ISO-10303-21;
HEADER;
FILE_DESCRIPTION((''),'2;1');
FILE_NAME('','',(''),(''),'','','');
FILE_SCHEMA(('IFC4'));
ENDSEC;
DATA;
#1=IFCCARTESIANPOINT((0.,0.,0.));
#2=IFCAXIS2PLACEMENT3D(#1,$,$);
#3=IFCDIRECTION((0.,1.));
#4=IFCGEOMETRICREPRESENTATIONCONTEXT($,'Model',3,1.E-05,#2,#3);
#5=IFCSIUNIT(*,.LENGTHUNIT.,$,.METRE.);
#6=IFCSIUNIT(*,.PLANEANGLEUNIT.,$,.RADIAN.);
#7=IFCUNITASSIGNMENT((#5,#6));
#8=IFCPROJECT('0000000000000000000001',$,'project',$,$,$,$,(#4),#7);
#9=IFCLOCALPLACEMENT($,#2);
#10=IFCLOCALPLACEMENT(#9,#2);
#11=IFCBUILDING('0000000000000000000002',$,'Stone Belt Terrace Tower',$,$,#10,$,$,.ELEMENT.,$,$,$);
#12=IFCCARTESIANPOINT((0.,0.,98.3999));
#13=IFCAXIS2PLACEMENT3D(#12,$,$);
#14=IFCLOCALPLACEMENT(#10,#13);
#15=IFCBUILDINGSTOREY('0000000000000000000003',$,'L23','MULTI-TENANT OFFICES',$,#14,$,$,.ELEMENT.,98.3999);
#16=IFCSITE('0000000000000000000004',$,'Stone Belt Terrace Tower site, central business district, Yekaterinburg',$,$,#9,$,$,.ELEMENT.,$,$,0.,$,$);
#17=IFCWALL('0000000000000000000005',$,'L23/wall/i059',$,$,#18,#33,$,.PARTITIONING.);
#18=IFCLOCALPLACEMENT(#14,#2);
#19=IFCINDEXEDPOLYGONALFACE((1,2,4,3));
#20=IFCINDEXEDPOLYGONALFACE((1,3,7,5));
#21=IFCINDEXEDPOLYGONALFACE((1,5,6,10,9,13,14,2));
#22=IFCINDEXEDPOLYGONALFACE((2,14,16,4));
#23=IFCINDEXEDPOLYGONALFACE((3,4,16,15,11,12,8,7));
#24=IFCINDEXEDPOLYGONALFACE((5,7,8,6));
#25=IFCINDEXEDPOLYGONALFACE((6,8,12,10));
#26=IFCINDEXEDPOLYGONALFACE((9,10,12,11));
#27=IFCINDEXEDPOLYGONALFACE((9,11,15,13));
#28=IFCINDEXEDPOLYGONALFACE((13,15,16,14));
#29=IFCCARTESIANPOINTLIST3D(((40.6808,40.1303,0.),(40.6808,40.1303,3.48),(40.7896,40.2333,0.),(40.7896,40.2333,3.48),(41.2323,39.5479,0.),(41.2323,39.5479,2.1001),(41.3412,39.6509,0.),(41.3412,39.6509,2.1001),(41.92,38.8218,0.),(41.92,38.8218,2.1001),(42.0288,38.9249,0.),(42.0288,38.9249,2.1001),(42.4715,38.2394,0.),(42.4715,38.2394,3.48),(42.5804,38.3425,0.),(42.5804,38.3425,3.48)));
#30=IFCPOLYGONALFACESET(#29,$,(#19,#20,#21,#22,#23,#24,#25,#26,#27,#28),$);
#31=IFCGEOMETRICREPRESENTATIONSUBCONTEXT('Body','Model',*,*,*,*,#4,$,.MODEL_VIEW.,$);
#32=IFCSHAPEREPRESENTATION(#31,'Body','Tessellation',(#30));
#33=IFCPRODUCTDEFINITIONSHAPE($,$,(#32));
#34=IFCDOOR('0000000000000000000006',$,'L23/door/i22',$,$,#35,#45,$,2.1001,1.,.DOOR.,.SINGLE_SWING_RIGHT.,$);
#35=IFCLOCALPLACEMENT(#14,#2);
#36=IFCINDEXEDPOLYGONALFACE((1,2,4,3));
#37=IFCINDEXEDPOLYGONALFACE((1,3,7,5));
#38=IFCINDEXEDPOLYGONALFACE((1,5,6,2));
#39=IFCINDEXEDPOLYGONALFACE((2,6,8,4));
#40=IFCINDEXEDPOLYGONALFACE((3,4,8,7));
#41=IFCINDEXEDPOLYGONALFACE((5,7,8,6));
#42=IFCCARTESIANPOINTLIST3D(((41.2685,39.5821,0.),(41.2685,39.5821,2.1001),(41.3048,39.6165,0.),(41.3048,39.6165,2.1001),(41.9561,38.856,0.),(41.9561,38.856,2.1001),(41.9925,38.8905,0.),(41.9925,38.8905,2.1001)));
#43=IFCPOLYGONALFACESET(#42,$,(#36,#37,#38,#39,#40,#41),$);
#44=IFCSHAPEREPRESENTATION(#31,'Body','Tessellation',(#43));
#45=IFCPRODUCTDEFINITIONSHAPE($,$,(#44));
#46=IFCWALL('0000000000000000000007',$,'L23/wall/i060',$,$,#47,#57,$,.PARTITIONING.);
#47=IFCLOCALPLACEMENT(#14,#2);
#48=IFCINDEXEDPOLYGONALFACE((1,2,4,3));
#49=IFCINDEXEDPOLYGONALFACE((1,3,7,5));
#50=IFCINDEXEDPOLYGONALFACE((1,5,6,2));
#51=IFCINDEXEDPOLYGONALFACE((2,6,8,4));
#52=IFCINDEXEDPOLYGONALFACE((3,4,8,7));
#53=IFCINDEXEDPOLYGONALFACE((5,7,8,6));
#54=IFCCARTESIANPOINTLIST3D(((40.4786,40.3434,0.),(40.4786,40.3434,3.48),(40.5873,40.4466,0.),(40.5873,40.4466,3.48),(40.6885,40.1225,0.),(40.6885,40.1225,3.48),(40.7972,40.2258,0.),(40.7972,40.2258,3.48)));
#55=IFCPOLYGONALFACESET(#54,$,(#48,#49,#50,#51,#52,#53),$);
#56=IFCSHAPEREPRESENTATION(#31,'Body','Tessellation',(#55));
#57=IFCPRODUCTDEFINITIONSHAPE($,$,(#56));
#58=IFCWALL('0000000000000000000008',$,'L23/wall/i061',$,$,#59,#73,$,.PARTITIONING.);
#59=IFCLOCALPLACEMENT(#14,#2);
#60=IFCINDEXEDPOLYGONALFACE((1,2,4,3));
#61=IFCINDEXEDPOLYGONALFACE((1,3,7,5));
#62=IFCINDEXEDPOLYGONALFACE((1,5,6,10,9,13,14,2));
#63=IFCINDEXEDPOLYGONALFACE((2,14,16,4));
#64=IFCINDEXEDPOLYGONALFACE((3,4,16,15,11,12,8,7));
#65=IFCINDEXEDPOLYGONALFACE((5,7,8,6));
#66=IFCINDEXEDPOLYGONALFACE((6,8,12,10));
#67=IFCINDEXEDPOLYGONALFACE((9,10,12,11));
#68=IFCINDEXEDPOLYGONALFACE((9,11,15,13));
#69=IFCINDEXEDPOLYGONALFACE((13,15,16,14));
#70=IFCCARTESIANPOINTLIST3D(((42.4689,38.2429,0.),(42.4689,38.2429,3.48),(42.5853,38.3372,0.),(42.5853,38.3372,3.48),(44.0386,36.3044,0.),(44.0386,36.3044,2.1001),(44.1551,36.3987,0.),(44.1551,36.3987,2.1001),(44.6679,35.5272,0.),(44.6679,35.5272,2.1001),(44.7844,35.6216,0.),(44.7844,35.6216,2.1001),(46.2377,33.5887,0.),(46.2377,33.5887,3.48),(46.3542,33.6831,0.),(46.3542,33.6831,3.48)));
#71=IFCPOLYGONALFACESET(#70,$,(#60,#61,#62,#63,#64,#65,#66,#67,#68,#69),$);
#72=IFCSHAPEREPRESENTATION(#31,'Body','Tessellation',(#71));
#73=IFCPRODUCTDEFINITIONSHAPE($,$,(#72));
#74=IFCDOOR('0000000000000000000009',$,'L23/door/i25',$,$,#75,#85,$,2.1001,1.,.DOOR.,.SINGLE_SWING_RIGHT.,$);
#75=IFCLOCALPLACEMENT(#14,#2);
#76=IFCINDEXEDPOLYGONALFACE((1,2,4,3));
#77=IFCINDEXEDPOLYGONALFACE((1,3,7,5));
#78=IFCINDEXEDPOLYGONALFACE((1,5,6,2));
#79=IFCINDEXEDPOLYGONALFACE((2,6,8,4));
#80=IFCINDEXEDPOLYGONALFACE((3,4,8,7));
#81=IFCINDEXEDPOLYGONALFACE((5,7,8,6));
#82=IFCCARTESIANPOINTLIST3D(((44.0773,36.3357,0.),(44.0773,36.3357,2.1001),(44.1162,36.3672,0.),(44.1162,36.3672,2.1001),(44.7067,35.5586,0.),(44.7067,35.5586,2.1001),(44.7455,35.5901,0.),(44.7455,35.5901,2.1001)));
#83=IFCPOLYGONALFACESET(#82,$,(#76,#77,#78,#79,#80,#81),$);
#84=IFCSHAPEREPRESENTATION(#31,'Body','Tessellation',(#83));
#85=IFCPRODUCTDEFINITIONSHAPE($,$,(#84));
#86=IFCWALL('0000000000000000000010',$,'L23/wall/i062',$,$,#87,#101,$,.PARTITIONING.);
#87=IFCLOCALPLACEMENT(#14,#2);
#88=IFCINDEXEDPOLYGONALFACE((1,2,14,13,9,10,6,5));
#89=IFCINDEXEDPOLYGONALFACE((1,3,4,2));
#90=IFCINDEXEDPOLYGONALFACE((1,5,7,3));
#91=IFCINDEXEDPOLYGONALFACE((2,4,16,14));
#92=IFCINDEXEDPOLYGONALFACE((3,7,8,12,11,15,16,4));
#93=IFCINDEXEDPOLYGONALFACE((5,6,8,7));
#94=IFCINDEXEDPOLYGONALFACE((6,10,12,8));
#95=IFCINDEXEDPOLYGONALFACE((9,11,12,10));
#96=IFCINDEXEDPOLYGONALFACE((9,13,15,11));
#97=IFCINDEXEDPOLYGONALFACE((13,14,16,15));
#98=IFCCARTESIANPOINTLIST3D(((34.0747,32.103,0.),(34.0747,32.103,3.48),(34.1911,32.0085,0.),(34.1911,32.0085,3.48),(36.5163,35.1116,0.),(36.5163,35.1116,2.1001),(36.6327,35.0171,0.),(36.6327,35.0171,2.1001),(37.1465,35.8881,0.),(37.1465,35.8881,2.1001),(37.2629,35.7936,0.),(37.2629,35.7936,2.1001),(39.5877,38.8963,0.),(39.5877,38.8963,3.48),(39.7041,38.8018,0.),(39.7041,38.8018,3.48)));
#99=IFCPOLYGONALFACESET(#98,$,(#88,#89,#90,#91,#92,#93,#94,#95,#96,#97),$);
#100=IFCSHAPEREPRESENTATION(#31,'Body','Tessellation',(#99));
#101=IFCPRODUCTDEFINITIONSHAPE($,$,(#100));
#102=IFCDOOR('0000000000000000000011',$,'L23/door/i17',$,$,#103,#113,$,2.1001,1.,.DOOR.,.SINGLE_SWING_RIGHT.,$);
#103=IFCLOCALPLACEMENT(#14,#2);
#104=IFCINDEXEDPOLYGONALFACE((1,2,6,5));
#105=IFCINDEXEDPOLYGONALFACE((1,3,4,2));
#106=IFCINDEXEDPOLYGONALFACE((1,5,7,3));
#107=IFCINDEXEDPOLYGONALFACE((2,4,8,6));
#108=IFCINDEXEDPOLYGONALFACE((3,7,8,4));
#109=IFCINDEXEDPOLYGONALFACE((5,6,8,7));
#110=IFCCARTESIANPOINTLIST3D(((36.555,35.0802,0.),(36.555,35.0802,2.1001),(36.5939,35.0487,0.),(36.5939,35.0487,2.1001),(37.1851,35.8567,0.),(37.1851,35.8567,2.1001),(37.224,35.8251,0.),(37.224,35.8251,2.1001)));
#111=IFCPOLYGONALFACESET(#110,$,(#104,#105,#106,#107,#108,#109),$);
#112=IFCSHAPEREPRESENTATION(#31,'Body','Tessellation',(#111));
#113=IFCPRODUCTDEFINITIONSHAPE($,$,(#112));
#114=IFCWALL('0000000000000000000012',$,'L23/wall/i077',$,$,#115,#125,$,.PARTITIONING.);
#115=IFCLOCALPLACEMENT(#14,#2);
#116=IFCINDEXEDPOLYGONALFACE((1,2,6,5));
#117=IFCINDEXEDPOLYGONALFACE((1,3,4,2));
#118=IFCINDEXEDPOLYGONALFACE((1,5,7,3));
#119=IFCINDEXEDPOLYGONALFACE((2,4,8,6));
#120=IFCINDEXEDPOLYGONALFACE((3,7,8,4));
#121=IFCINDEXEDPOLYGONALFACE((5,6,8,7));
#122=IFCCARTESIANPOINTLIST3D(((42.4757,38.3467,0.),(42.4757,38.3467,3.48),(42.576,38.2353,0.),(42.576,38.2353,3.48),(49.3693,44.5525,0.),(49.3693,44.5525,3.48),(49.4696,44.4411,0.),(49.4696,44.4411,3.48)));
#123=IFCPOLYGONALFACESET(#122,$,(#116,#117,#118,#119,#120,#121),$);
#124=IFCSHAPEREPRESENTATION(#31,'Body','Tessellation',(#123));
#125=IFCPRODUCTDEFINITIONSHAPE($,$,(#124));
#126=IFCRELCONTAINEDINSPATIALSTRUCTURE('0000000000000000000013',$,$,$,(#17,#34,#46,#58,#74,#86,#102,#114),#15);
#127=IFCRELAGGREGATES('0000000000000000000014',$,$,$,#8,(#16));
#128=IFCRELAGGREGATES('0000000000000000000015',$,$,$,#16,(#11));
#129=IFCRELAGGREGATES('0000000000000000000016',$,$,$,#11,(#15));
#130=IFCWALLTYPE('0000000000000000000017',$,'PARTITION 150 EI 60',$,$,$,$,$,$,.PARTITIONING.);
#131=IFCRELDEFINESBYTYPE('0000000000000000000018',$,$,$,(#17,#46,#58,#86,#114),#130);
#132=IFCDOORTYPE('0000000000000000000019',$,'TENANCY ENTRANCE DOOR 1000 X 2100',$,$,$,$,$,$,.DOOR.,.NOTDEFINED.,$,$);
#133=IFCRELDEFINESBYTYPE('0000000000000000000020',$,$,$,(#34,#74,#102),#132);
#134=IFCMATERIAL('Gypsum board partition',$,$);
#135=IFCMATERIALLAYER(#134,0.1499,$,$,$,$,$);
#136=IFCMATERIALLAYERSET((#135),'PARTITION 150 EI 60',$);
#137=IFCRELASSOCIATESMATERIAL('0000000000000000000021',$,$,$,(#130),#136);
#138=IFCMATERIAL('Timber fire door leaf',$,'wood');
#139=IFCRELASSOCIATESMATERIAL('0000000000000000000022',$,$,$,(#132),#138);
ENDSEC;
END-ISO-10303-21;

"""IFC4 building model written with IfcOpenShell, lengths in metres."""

from ifc_helpers import new_model, si_unit, direction, frame, frame_2d, origin, place, context, subcontext, project, spatial, rectangle, extrude, material, layer, layer_set, type_object, element, fill, save


model = new_model("IFC4")

# Units and contexts
model_context = context("Model", 3, precision=1e-05, world=origin(), true_north=direction((0.0, 1.0)))
body_context = subcontext(model_context, "Body", "Model", "MODEL_VIEW")
ifc_project = project(units=[si_unit("LENGTHUNIT", "METRE"), si_unit("PLANEANGLEUNIT", "RADIAN")], contexts=[model_context])

# Site, building, storey
site_placement = place(None, origin())
site = spatial("IfcSite", under=ifc_project, at=site_placement, Name="Stone Belt Terrace Tower site, central business district, Yekaterinburg", CompositionType="ELEMENT", RefElevation=0.0)
building_placement = place(site_placement, origin())
building = spatial("IfcBuilding", under=site, at=building_placement, Name="Stone Belt Terrace Tower", CompositionType="ELEMENT")
storey_placement = place(building_placement, frame((0.0, 0.0, 98.3999)))
storey = spatial("IfcBuildingStorey", under=building, at=storey_placement, Name="L23", Description="MULTI-TENANT OFFICES", CompositionType="ELEMENT", Elevation=98.3999)

# Shared definitions
ifc_material_1 = material(Name="Gypsum board partition")

# Shared definitions
ifc_layer_1 = layer(ifc_material_1, 0.1499)
ifc_layer_set_1 = layer_set([ifc_layer_1], Name="PARTITION 150 EI 60")
wall_type_1 = type_object("IfcWallType", Name="PARTITION 150 EI 60", PredefinedType="PARTITIONING", material=ifc_layer_set_1)

# Wall, opening, door
wall_1_placement = place(storey_placement, frame((40.7351, 40.1819, 0.0), z_axis=(0.0, 0.0, 1.0), x_axis=(0.687628, -0.726064, 0.0)))
wall_1 = element("IfcWall", 1, at=wall_1_placement, inside=storey, type_object=wall_type_1, Name="L23/wall/i059", PredefinedType="PARTITIONING", context=body_context, shape_type="SweptSolid", body=[
    extrude(rectangle(XDim=2.6042, YDim=0.1499, at=frame_2d((1.3022, 0.0))), origin(), (0.0, 0.0, 1.0), 3.48),
])
opening_1_placement = place(wall_1_placement, frame((0.8022, 0.0, 0.0)))
opening_1 = element("IfcOpeningElement", 2, at=opening_1_placement, cuts=wall_1, PredefinedType="OPENING", context=body_context, shape_type="SweptSolid", body=[
    extrude(rectangle(XDim=1.0, YDim=2.1001, at=frame_2d((0.5, 1.05))), frame((0.0, 0.085, 0.0), z_axis=(0.0, -1.0, 0.0), x_axis=(1.0, 0.0, 0.0)), (0.0, 0.0, 1.0), 0.1699),
])
ifc_material_2 = material(Name="Timber fire door leaf", Category="wood")
door_type_1 = type_object("IfcDoorType", Name="TENANCY ENTRANCE DOOR 1000 X 2100", OperationType="NOTDEFINED", PredefinedType="DOOR", material=ifc_material_2)
door_1_placement = place(opening_1_placement, origin())
door_1 = element("IfcDoor", 3, at=door_1_placement, inside=storey, type_object=door_type_1, Name="L23/door/i22", OperationType="SINGLE_SWING_RIGHT", OverallHeight=2.1001, OverallWidth=1.0, PredefinedType="DOOR", context=body_context, shape_type="SweptSolid", body=[
    extrude(rectangle(XDim=1.0, YDim=2.1001, at=frame_2d((0.5, 1.05))), frame((0.0, 0.0249, 0.0), z_axis=(0.0, -1.0, 0.0), x_axis=(1.0, 0.0, 0.0)), (0.0, 0.0, 1.0), 0.05),
])
fill(opening_1, door_1)

# Wall
wall_2_placement = place(storey_placement, frame((40.533, 40.395, 0.0), z_axis=(0.0, 0.0, 1.0), x_axis=(0.688855, -0.724899, 0.0)))
element("IfcWall", 4, at=wall_2_placement, inside=storey, type_object=wall_type_1, Name="L23/wall/i060", PredefinedType="PARTITIONING", context=body_context, shape_type="SweptSolid", body=[
    extrude(rectangle(XDim=0.3047, YDim=0.1499, at=frame_2d((0.1523, 0.0))), origin(), (0.0, 0.0, 1.0), 3.48),
])

# Walls, openings, doors
wall_3_placement = place(storey_placement, frame((42.5271, 38.29, 0.0), z_axis=(0.0, 0.0, 1.0), x_axis=(0.629323, -0.777144, 0.0)))
wall_3 = element("IfcWall", 5, at=wall_3_placement, inside=storey, type_object=wall_type_1, Name="L23/wall/i061", PredefinedType="PARTITIONING", context=body_context, shape_type="SweptSolid", body=[
    extrude(rectangle(XDim=5.9888, YDim=0.1499, at=frame_2d((2.9944, 0.0))), origin(), (0.0, 0.0, 1.0), 3.48),
])
opening_2_placement = place(wall_3_placement, frame((2.4944, 0.0, 0.0)))
opening_2 = element("IfcOpeningElement", 6, at=opening_2_placement, cuts=wall_3, PredefinedType="OPENING", context=body_context, shape_type="SweptSolid", body=[
    extrude(rectangle(XDim=1.0, YDim=2.1001, at=frame_2d((0.5, 1.05))), frame((0.0, 0.085, 0.0), z_axis=(0.0, -1.0, 0.0), x_axis=(1.0, 0.0, 0.0)), (0.0, 0.0, 1.0), 0.1699),
])
door_2_placement = place(opening_2_placement, origin())
door_2 = element("IfcDoor", 7, at=door_2_placement, inside=storey, type_object=door_type_1, Name="L23/door/i25", OperationType="SINGLE_SWING_RIGHT", OverallHeight=2.1001, OverallWidth=1.0, PredefinedType="DOOR", context=body_context, shape_type="SweptSolid", body=[
    extrude(rectangle(XDim=1.0, YDim=2.1001, at=frame_2d((0.5, 1.05))), frame((0.0, 0.0249, 0.0), z_axis=(0.0, -1.0, 0.0), x_axis=(1.0, 0.0, 0.0)), (0.0, 0.0, 1.0), 0.05),
])
fill(opening_2, door_2)
wall_4_placement = place(storey_placement, frame((39.646, 38.8491, 0.0), z_axis=(0.0, 0.0, 1.0), x_axis=(-0.630142, -0.77648, 0.0)))
wall_4 = element("IfcWall", 8, at=wall_4_placement, inside=storey, type_object=wall_type_1, Name="L23/wall/i062", PredefinedType="PARTITIONING", context=body_context, shape_type="SweptSolid", body=[
    extrude(rectangle(XDim=8.7488, YDim=0.1499, at=frame_2d((4.3745, 0.0))), origin(), (0.0, 0.0, 1.0), 3.48),
])
opening_3_placement = place(wall_4_placement, frame((3.8743, 0.0, 0.0)))
opening_3 = element("IfcOpeningElement", 9, at=opening_3_placement, cuts=wall_4, PredefinedType="OPENING", context=body_context, shape_type="SweptSolid", body=[
    extrude(rectangle(XDim=1.0, YDim=2.1001, at=frame_2d((0.5, 1.05))), frame((0.0, 0.085, 0.0), z_axis=(0.0, -1.0, 0.0), x_axis=(1.0, 0.0, 0.0)), (0.0, 0.0, 1.0), 0.1699),
])
door_3_placement = place(opening_3_placement, origin())
door_3 = element("IfcDoor", 10, at=door_3_placement, inside=storey, type_object=door_type_1, Name="L23/door/i17", OperationType="SINGLE_SWING_RIGHT", OverallHeight=2.1001, OverallWidth=1.0, PredefinedType="DOOR", context=body_context, shape_type="SweptSolid", body=[
    extrude(rectangle(XDim=1.0, YDim=2.1001, at=frame_2d((0.5, 1.05))), frame((0.0, 0.0249, 0.0), z_axis=(0.0, -1.0, 0.0), x_axis=(1.0, 0.0, 0.0)), (0.0, 0.0, 1.0), 0.05),
])
fill(opening_3, door_3)

# Wall
wall_5_placement = place(storey_placement, frame((49.4194, 44.4968, 0.0), z_axis=(0.0, 0.0, 1.0), x_axis=(-0.743208, -0.669061, 0.0)))
element("IfcWall", 11, at=wall_5_placement, inside=storey, type_object=wall_type_1, Name="L23/wall/i077", PredefinedType="PARTITIONING", context=body_context, shape_type="SweptSolid", body=[
    extrude(rectangle(XDim=9.2754, YDim=0.1499, at=frame_2d((4.6377, 0.0))), origin(), (0.0, 0.0, 1.0), 3.48),
])

save(model, "model.ifc")
